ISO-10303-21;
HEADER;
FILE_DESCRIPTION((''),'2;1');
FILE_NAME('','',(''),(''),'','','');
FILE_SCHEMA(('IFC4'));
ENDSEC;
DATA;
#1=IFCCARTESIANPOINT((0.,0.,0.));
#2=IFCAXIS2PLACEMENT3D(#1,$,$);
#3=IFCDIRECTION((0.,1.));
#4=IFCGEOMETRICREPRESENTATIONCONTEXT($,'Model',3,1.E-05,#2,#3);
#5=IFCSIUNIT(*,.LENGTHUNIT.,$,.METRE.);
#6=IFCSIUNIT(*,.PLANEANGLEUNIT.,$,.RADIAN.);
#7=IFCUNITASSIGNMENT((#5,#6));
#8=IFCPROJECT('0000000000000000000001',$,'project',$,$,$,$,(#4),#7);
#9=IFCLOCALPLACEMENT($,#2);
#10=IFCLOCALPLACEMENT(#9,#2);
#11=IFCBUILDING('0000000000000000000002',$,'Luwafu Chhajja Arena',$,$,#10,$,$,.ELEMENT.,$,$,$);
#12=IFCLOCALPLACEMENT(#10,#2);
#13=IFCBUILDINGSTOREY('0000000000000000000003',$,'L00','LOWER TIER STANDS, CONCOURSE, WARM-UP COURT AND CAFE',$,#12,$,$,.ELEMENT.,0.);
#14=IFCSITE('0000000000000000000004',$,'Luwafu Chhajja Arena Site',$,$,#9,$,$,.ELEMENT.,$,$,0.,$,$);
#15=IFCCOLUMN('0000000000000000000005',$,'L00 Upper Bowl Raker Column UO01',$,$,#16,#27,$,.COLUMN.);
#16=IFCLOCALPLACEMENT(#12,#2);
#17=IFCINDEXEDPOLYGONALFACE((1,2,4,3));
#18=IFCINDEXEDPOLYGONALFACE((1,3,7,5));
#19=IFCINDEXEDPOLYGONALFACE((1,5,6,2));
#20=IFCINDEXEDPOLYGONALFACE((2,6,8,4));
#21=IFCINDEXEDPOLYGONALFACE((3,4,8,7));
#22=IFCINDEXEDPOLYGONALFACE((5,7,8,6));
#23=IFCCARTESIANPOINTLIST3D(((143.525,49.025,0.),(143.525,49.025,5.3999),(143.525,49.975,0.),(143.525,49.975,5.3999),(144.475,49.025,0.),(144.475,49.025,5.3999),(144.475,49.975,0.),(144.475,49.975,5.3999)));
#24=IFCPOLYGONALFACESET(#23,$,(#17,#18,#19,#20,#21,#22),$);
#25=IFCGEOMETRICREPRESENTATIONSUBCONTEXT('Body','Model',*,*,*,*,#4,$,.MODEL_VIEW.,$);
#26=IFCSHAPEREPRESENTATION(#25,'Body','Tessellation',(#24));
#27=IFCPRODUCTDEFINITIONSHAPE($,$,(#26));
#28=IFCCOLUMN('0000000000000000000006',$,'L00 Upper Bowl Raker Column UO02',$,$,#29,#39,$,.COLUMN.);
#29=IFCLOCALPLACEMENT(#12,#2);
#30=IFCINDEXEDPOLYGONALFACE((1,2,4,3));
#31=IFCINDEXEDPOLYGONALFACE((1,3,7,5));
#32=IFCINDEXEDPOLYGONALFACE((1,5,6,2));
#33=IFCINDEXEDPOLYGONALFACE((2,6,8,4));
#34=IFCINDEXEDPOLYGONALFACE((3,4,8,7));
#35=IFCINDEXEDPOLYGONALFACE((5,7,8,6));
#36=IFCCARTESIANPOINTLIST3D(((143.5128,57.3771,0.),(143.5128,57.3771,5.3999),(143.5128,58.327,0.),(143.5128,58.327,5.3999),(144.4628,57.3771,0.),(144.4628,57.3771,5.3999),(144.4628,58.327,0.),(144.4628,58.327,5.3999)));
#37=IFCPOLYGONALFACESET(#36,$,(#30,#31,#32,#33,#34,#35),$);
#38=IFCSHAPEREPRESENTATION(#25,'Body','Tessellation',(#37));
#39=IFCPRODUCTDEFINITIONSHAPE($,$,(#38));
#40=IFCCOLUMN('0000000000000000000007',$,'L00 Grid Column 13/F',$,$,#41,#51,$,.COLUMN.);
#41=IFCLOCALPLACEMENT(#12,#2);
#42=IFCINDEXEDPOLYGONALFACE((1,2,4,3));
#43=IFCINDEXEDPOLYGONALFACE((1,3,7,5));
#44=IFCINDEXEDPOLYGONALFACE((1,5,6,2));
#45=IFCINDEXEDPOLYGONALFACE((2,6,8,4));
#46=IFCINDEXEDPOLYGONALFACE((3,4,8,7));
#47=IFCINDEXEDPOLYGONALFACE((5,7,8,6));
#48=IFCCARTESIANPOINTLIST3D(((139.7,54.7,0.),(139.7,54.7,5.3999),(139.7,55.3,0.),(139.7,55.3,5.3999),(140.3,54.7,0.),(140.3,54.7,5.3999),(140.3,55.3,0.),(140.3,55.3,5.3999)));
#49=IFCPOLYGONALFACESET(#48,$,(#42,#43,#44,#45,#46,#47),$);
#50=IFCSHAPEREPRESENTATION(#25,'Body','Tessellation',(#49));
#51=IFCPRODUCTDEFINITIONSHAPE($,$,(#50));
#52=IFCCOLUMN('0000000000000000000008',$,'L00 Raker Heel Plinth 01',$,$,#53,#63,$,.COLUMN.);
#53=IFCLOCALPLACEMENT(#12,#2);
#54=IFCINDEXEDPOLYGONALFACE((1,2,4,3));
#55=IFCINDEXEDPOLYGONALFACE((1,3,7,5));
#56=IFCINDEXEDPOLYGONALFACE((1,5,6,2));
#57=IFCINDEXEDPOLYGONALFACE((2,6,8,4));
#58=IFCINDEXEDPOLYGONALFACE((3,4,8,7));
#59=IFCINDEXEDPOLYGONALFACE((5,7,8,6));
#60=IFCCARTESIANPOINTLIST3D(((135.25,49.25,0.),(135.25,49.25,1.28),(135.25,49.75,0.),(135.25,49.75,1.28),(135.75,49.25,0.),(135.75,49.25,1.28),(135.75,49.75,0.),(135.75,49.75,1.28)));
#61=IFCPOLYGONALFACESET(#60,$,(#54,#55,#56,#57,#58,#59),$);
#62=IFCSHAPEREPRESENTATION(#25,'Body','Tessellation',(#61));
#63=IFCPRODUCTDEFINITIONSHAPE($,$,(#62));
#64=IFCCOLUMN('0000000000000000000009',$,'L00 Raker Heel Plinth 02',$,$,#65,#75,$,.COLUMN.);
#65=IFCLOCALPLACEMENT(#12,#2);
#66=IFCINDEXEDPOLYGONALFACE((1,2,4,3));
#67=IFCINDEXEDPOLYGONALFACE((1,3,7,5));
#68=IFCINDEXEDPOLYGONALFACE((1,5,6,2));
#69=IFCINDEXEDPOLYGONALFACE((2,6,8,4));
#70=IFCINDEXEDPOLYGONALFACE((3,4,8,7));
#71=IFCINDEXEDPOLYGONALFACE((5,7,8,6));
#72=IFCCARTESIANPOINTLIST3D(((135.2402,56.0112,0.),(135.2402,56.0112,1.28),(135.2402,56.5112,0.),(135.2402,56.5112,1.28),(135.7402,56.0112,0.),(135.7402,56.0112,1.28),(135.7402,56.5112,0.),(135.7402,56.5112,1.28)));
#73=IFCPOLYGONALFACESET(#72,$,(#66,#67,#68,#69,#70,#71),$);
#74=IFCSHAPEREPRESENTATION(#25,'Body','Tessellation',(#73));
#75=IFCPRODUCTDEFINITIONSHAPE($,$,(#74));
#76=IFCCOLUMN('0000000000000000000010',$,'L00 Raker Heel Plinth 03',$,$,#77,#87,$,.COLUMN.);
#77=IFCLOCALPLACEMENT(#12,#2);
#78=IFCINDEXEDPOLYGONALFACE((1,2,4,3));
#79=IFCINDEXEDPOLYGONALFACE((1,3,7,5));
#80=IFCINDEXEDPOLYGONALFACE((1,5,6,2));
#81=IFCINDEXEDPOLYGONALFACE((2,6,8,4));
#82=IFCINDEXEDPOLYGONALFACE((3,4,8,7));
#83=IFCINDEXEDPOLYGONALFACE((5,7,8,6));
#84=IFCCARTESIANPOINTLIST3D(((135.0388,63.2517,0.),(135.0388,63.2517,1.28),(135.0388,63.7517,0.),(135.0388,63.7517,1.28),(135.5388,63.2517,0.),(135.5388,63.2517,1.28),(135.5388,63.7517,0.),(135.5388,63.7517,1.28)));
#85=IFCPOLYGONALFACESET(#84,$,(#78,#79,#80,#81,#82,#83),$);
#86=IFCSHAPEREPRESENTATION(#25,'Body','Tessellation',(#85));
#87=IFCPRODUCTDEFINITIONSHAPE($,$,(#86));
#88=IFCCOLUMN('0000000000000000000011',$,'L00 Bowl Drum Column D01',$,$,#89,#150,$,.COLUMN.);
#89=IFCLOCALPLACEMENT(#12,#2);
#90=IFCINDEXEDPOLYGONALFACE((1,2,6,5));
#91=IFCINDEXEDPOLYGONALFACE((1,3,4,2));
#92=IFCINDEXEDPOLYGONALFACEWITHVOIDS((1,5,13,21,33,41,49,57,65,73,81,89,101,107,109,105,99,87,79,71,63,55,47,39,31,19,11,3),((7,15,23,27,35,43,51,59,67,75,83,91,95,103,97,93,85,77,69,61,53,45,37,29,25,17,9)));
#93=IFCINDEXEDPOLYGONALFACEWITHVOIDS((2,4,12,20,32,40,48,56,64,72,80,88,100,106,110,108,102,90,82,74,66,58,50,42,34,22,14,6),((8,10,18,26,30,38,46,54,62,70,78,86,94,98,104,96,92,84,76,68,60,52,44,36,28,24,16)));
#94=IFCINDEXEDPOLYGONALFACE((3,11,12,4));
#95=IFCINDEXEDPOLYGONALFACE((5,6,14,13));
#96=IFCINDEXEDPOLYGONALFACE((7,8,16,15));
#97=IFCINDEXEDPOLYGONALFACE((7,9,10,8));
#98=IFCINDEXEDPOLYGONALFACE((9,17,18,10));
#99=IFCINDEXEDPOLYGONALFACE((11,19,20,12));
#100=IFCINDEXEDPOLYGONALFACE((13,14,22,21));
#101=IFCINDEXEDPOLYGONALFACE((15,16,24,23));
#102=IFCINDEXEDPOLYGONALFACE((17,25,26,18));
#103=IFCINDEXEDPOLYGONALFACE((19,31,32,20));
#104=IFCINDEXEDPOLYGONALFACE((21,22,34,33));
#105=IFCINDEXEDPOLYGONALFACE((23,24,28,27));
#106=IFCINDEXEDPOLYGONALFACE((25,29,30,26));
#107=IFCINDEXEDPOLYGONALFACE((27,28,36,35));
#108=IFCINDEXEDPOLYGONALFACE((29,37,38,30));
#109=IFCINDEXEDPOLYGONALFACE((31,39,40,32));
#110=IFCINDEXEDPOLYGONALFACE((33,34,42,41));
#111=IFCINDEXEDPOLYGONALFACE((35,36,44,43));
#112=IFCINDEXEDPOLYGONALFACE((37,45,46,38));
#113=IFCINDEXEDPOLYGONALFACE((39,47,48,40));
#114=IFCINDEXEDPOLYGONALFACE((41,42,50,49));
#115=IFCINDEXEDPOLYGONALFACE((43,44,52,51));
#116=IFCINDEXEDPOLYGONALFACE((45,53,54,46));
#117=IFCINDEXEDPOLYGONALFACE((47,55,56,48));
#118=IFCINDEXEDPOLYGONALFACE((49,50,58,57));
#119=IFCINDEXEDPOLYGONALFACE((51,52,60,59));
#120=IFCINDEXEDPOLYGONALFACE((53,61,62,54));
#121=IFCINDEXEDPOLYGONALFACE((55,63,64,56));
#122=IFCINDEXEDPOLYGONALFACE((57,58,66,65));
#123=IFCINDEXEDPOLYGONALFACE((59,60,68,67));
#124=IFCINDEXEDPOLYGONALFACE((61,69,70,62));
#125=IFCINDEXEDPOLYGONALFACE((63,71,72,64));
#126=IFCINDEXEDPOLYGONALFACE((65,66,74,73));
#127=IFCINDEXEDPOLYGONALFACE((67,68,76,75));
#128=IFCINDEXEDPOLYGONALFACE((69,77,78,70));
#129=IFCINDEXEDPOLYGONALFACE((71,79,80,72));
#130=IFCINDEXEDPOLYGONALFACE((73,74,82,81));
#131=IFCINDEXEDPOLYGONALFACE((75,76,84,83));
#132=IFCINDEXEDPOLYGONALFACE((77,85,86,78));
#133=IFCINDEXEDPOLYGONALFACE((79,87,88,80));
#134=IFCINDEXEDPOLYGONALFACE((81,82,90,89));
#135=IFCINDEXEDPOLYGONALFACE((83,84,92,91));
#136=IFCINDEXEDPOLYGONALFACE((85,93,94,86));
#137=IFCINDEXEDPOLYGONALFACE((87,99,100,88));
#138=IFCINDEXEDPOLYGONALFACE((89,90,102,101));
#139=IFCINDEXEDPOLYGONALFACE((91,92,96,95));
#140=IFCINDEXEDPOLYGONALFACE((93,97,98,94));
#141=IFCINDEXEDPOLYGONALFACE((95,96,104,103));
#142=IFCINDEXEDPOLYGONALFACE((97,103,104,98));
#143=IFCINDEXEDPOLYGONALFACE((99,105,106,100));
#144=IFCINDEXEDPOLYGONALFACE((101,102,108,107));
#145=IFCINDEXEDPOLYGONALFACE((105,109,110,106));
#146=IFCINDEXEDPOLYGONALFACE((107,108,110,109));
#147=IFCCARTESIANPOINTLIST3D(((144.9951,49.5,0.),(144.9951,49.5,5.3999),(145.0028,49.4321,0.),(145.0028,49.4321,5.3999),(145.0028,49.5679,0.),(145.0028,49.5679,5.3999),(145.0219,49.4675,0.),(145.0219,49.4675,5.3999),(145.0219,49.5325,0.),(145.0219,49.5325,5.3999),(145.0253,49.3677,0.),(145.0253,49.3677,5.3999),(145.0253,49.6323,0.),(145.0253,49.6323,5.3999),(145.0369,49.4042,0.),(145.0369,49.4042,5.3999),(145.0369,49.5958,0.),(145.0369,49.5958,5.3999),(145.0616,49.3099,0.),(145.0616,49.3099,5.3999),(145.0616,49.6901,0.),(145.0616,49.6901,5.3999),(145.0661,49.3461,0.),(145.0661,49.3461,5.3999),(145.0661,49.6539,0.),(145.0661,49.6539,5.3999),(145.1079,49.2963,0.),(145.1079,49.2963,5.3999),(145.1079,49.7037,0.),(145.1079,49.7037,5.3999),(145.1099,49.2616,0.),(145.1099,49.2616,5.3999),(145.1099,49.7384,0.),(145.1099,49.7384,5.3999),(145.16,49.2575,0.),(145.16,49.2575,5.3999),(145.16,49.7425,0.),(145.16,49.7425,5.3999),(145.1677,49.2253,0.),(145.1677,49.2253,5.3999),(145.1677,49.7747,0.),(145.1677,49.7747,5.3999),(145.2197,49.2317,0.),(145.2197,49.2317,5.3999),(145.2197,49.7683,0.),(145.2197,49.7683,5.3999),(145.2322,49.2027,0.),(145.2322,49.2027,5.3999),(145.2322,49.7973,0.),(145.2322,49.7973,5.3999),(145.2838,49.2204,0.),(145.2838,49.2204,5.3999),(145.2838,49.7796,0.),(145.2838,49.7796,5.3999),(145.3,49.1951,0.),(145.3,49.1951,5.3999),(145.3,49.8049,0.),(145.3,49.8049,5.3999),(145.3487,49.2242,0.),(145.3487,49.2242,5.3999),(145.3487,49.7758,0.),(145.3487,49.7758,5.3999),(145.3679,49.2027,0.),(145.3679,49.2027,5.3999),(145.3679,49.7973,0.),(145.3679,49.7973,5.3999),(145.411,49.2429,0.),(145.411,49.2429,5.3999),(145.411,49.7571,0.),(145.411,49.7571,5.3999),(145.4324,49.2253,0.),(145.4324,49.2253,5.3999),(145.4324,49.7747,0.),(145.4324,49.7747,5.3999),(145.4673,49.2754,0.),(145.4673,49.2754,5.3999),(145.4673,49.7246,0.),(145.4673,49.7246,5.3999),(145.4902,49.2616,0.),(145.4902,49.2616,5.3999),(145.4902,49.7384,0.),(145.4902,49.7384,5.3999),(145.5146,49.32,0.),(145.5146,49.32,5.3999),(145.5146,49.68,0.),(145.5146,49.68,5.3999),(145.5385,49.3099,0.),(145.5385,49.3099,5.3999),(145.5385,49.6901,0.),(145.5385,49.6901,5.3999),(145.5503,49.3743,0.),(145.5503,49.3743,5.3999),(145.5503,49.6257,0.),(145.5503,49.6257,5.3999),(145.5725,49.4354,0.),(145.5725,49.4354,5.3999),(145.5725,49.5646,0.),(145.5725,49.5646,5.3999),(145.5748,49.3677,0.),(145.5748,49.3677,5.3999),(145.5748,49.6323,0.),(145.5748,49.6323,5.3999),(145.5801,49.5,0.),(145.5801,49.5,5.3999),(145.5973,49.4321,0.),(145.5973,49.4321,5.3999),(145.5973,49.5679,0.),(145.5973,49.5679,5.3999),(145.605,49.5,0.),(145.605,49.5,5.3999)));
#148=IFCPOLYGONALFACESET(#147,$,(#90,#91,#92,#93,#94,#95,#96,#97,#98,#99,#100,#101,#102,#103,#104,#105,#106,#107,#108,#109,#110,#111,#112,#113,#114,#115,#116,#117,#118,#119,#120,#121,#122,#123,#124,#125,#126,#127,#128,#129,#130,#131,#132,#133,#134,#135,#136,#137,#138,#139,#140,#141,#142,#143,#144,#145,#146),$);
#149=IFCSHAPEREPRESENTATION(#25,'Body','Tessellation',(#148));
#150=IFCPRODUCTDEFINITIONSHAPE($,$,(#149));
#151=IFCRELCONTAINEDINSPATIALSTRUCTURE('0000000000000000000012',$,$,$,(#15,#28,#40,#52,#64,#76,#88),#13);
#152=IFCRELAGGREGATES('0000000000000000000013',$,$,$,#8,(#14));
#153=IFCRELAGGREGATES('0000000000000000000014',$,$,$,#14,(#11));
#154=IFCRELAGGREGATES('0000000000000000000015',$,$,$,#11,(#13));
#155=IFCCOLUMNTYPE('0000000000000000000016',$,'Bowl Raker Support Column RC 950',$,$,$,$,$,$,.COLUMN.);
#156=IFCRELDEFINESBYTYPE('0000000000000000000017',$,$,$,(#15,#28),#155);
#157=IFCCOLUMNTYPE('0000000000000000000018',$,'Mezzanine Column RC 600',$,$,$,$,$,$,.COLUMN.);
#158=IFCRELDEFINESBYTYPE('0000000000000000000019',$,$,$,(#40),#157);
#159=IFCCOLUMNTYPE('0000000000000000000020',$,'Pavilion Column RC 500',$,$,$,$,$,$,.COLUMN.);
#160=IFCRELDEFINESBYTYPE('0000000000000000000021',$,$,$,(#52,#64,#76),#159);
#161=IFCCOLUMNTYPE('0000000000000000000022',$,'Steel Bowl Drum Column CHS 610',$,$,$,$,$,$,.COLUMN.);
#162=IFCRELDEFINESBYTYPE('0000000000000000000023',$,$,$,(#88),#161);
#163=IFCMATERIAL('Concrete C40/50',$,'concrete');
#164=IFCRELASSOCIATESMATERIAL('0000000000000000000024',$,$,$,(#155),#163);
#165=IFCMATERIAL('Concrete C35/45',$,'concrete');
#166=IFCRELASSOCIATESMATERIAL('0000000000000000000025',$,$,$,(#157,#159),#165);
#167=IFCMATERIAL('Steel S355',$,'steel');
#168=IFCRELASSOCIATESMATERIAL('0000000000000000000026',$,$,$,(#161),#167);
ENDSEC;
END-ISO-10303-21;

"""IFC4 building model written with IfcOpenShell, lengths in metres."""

from ifc_helpers import new_model, si_unit, direction, frame, origin, origin_2d, place, context, subcontext, project, spatial, rectangle, hollow_circle, extrude, material, material_profile, profile_set, type_object, element, save


model = new_model("IFC4")

# Units and contexts
model_context = context("Model", 3, precision=1e-05, world=origin(), true_north=direction((0.0, 1.0)))
body_context = subcontext(model_context, "Body", "Model", "MODEL_VIEW")
ifc_project = project(units=[si_unit("LENGTHUNIT", "METRE"), si_unit("PLANEANGLEUNIT", "RADIAN")], contexts=[model_context])

# Site, building, storey
site_placement = place(None, origin())
site = spatial("IfcSite", under=ifc_project, at=site_placement, Name="Luwafu Chhajja Arena Site", CompositionType="ELEMENT", RefElevation=0.0)
building_placement = place(site_placement, origin())
building = spatial("IfcBuilding", under=site, at=building_placement, Name="Luwafu Chhajja Arena", CompositionType="ELEMENT")
storey_placement = place(building_placement, origin())
storey = spatial("IfcBuildingStorey", under=building, at=storey_placement, Name="L00", Description="LOWER TIER STANDS, CONCOURSE, WARM-UP COURT AND CAFE", CompositionType="ELEMENT", Elevation=0.0)

# Columns
ifc_material_1 = material(Name="Concrete C40/50", Category="concrete")
ifc_material_profile_1 = material_profile(ifc_material_1, rectangle(XDim=0.95, YDim=0.95, at=origin_2d()), Name="RC 950x950")
ifc_profile_set_1 = profile_set([ifc_material_profile_1], Name="Concrete C40/50")
column_type_1 = type_object("IfcColumnType", Name="Bowl Raker Support Column RC 950", PredefinedType="COLUMN", material=ifc_profile_set_1)
for number, where, z_axis, x_axis, name in (
    (1, (144.0, 49.5, 0.0), (0.0, 0.0, 1.0), (1.0, 0.0, 0.0), "L00 Upper Bowl Raker Column UO01"),
    (2, (143.9878, 57.8521, 0.0), (0.0, 0.0, 1.0), (1.0, 0.0, 0.0), "L00 Upper Bowl Raker Column UO02"),
):
    element("IfcColumn", number, at=place(storey_placement, frame(where, z_axis=z_axis, x_axis=x_axis)), inside=storey, type_object=column_type_1, Name=name, PredefinedType="COLUMN", context=body_context, shape_type="SweptSolid", body=[
        extrude(rectangle(XDim=0.95, YDim=0.95, at=origin_2d()), origin(), (0.0, 0.0, 1.0), 5.3999),
    ])
ifc_material_2 = material(Name="Concrete C35/45", Category="concrete")
ifc_material_profile_2 = material_profile(ifc_material_2, rectangle(XDim=0.6001, YDim=0.6001, at=origin_2d()), Name="RC 600x600")
ifc_profile_set_2 = profile_set([ifc_material_profile_2], Name="Concrete C35/45")
column_type_2 = type_object("IfcColumnType", Name="Mezzanine Column RC 600", PredefinedType="COLUMN", material=ifc_profile_set_2)
column_placement = place(storey_placement, frame((140.0, 55.0, 0.0), z_axis=(0.0, 0.0, 1.0), x_axis=(1.0, 0.0, 0.0)))
element("IfcColumn", 3, at=column_placement, inside=storey, type_object=column_type_2, Name="L00 Grid Column 13/F", PredefinedType="COLUMN", context=body_context, shape_type="SweptSolid", body=[
    extrude(rectangle(XDim=0.6001, YDim=0.6001, at=origin_2d()), origin(), (0.0, 0.0, 1.0), 5.3999),
])
ifc_material_profile_3 = material_profile(ifc_material_2, rectangle(XDim=0.5, YDim=0.5, at=origin_2d()), Name="RC 500x500")
ifc_profile_set_3 = profile_set([ifc_material_profile_3], Name="Concrete C35/45")
column_type_3 = type_object("IfcColumnType", Name="Pavilion Column RC 500", PredefinedType="COLUMN", material=ifc_profile_set_3)
for number, where, z_axis, x_axis, name in (
    (4, (135.5, 49.5, 0.0), (0.0, 0.0, 1.0), (1.0, 0.0, 0.0), "L00 Raker Heel Plinth 01"),
    (5, (135.4902, 56.2612, 0.0), (0.0, 0.0, 1.0), (1.0, 0.0, 0.0), "L00 Raker Heel Plinth 02"),
    (6, (135.2888, 63.5017, 0.0), (0.0, 0.0, 1.0), (1.0, 0.0, 0.0), "L00 Raker Heel Plinth 03"),
):
    element("IfcColumn", number, at=place(storey_placement, frame(where, z_axis=z_axis, x_axis=x_axis)), inside=storey, type_object=column_type_3, Name=name, PredefinedType="COLUMN", context=body_context, shape_type="SweptSolid", body=[
        extrude(rectangle(XDim=0.5, YDim=0.5, at=origin_2d()), origin(), (0.0, 0.0, 1.0), 1.28),
    ])
ifc_material_3 = material(Name="Steel S355", Category="steel")
ifc_material_profile_4 = material_profile(ifc_material_3, hollow_circle(Radius=0.3049, WallThickness=0.0249, at=origin_2d()), Name="CHS 610x25")
ifc_profile_set_4 = profile_set([ifc_material_profile_4], Name="Steel S355")
column_type_4 = type_object("IfcColumnType", Name="Steel Bowl Drum Column CHS 610", PredefinedType="COLUMN", material=ifc_profile_set_4)
for number, where, z_axis, x_axis, name in (
    (7, (145.3, 49.5, 0.0), (0.0, 0.0, 1.0), (1.0, 0.0, 0.0), "L00 Bowl Drum Column D01"),
):
    element("IfcColumn", number, at=place(storey_placement, frame(where, z_axis=z_axis, x_axis=x_axis)), inside=storey, type_object=column_type_4, Name=name, PredefinedType="COLUMN", context=body_context, shape_type="SweptSolid", body=[
        extrude(hollow_circle(Radius=0.3049, WallThickness=0.0249, at=origin_2d()), origin(), (0.0, 0.0, 1.0), 5.3999),
    ])

save(model, "model.ifc")
